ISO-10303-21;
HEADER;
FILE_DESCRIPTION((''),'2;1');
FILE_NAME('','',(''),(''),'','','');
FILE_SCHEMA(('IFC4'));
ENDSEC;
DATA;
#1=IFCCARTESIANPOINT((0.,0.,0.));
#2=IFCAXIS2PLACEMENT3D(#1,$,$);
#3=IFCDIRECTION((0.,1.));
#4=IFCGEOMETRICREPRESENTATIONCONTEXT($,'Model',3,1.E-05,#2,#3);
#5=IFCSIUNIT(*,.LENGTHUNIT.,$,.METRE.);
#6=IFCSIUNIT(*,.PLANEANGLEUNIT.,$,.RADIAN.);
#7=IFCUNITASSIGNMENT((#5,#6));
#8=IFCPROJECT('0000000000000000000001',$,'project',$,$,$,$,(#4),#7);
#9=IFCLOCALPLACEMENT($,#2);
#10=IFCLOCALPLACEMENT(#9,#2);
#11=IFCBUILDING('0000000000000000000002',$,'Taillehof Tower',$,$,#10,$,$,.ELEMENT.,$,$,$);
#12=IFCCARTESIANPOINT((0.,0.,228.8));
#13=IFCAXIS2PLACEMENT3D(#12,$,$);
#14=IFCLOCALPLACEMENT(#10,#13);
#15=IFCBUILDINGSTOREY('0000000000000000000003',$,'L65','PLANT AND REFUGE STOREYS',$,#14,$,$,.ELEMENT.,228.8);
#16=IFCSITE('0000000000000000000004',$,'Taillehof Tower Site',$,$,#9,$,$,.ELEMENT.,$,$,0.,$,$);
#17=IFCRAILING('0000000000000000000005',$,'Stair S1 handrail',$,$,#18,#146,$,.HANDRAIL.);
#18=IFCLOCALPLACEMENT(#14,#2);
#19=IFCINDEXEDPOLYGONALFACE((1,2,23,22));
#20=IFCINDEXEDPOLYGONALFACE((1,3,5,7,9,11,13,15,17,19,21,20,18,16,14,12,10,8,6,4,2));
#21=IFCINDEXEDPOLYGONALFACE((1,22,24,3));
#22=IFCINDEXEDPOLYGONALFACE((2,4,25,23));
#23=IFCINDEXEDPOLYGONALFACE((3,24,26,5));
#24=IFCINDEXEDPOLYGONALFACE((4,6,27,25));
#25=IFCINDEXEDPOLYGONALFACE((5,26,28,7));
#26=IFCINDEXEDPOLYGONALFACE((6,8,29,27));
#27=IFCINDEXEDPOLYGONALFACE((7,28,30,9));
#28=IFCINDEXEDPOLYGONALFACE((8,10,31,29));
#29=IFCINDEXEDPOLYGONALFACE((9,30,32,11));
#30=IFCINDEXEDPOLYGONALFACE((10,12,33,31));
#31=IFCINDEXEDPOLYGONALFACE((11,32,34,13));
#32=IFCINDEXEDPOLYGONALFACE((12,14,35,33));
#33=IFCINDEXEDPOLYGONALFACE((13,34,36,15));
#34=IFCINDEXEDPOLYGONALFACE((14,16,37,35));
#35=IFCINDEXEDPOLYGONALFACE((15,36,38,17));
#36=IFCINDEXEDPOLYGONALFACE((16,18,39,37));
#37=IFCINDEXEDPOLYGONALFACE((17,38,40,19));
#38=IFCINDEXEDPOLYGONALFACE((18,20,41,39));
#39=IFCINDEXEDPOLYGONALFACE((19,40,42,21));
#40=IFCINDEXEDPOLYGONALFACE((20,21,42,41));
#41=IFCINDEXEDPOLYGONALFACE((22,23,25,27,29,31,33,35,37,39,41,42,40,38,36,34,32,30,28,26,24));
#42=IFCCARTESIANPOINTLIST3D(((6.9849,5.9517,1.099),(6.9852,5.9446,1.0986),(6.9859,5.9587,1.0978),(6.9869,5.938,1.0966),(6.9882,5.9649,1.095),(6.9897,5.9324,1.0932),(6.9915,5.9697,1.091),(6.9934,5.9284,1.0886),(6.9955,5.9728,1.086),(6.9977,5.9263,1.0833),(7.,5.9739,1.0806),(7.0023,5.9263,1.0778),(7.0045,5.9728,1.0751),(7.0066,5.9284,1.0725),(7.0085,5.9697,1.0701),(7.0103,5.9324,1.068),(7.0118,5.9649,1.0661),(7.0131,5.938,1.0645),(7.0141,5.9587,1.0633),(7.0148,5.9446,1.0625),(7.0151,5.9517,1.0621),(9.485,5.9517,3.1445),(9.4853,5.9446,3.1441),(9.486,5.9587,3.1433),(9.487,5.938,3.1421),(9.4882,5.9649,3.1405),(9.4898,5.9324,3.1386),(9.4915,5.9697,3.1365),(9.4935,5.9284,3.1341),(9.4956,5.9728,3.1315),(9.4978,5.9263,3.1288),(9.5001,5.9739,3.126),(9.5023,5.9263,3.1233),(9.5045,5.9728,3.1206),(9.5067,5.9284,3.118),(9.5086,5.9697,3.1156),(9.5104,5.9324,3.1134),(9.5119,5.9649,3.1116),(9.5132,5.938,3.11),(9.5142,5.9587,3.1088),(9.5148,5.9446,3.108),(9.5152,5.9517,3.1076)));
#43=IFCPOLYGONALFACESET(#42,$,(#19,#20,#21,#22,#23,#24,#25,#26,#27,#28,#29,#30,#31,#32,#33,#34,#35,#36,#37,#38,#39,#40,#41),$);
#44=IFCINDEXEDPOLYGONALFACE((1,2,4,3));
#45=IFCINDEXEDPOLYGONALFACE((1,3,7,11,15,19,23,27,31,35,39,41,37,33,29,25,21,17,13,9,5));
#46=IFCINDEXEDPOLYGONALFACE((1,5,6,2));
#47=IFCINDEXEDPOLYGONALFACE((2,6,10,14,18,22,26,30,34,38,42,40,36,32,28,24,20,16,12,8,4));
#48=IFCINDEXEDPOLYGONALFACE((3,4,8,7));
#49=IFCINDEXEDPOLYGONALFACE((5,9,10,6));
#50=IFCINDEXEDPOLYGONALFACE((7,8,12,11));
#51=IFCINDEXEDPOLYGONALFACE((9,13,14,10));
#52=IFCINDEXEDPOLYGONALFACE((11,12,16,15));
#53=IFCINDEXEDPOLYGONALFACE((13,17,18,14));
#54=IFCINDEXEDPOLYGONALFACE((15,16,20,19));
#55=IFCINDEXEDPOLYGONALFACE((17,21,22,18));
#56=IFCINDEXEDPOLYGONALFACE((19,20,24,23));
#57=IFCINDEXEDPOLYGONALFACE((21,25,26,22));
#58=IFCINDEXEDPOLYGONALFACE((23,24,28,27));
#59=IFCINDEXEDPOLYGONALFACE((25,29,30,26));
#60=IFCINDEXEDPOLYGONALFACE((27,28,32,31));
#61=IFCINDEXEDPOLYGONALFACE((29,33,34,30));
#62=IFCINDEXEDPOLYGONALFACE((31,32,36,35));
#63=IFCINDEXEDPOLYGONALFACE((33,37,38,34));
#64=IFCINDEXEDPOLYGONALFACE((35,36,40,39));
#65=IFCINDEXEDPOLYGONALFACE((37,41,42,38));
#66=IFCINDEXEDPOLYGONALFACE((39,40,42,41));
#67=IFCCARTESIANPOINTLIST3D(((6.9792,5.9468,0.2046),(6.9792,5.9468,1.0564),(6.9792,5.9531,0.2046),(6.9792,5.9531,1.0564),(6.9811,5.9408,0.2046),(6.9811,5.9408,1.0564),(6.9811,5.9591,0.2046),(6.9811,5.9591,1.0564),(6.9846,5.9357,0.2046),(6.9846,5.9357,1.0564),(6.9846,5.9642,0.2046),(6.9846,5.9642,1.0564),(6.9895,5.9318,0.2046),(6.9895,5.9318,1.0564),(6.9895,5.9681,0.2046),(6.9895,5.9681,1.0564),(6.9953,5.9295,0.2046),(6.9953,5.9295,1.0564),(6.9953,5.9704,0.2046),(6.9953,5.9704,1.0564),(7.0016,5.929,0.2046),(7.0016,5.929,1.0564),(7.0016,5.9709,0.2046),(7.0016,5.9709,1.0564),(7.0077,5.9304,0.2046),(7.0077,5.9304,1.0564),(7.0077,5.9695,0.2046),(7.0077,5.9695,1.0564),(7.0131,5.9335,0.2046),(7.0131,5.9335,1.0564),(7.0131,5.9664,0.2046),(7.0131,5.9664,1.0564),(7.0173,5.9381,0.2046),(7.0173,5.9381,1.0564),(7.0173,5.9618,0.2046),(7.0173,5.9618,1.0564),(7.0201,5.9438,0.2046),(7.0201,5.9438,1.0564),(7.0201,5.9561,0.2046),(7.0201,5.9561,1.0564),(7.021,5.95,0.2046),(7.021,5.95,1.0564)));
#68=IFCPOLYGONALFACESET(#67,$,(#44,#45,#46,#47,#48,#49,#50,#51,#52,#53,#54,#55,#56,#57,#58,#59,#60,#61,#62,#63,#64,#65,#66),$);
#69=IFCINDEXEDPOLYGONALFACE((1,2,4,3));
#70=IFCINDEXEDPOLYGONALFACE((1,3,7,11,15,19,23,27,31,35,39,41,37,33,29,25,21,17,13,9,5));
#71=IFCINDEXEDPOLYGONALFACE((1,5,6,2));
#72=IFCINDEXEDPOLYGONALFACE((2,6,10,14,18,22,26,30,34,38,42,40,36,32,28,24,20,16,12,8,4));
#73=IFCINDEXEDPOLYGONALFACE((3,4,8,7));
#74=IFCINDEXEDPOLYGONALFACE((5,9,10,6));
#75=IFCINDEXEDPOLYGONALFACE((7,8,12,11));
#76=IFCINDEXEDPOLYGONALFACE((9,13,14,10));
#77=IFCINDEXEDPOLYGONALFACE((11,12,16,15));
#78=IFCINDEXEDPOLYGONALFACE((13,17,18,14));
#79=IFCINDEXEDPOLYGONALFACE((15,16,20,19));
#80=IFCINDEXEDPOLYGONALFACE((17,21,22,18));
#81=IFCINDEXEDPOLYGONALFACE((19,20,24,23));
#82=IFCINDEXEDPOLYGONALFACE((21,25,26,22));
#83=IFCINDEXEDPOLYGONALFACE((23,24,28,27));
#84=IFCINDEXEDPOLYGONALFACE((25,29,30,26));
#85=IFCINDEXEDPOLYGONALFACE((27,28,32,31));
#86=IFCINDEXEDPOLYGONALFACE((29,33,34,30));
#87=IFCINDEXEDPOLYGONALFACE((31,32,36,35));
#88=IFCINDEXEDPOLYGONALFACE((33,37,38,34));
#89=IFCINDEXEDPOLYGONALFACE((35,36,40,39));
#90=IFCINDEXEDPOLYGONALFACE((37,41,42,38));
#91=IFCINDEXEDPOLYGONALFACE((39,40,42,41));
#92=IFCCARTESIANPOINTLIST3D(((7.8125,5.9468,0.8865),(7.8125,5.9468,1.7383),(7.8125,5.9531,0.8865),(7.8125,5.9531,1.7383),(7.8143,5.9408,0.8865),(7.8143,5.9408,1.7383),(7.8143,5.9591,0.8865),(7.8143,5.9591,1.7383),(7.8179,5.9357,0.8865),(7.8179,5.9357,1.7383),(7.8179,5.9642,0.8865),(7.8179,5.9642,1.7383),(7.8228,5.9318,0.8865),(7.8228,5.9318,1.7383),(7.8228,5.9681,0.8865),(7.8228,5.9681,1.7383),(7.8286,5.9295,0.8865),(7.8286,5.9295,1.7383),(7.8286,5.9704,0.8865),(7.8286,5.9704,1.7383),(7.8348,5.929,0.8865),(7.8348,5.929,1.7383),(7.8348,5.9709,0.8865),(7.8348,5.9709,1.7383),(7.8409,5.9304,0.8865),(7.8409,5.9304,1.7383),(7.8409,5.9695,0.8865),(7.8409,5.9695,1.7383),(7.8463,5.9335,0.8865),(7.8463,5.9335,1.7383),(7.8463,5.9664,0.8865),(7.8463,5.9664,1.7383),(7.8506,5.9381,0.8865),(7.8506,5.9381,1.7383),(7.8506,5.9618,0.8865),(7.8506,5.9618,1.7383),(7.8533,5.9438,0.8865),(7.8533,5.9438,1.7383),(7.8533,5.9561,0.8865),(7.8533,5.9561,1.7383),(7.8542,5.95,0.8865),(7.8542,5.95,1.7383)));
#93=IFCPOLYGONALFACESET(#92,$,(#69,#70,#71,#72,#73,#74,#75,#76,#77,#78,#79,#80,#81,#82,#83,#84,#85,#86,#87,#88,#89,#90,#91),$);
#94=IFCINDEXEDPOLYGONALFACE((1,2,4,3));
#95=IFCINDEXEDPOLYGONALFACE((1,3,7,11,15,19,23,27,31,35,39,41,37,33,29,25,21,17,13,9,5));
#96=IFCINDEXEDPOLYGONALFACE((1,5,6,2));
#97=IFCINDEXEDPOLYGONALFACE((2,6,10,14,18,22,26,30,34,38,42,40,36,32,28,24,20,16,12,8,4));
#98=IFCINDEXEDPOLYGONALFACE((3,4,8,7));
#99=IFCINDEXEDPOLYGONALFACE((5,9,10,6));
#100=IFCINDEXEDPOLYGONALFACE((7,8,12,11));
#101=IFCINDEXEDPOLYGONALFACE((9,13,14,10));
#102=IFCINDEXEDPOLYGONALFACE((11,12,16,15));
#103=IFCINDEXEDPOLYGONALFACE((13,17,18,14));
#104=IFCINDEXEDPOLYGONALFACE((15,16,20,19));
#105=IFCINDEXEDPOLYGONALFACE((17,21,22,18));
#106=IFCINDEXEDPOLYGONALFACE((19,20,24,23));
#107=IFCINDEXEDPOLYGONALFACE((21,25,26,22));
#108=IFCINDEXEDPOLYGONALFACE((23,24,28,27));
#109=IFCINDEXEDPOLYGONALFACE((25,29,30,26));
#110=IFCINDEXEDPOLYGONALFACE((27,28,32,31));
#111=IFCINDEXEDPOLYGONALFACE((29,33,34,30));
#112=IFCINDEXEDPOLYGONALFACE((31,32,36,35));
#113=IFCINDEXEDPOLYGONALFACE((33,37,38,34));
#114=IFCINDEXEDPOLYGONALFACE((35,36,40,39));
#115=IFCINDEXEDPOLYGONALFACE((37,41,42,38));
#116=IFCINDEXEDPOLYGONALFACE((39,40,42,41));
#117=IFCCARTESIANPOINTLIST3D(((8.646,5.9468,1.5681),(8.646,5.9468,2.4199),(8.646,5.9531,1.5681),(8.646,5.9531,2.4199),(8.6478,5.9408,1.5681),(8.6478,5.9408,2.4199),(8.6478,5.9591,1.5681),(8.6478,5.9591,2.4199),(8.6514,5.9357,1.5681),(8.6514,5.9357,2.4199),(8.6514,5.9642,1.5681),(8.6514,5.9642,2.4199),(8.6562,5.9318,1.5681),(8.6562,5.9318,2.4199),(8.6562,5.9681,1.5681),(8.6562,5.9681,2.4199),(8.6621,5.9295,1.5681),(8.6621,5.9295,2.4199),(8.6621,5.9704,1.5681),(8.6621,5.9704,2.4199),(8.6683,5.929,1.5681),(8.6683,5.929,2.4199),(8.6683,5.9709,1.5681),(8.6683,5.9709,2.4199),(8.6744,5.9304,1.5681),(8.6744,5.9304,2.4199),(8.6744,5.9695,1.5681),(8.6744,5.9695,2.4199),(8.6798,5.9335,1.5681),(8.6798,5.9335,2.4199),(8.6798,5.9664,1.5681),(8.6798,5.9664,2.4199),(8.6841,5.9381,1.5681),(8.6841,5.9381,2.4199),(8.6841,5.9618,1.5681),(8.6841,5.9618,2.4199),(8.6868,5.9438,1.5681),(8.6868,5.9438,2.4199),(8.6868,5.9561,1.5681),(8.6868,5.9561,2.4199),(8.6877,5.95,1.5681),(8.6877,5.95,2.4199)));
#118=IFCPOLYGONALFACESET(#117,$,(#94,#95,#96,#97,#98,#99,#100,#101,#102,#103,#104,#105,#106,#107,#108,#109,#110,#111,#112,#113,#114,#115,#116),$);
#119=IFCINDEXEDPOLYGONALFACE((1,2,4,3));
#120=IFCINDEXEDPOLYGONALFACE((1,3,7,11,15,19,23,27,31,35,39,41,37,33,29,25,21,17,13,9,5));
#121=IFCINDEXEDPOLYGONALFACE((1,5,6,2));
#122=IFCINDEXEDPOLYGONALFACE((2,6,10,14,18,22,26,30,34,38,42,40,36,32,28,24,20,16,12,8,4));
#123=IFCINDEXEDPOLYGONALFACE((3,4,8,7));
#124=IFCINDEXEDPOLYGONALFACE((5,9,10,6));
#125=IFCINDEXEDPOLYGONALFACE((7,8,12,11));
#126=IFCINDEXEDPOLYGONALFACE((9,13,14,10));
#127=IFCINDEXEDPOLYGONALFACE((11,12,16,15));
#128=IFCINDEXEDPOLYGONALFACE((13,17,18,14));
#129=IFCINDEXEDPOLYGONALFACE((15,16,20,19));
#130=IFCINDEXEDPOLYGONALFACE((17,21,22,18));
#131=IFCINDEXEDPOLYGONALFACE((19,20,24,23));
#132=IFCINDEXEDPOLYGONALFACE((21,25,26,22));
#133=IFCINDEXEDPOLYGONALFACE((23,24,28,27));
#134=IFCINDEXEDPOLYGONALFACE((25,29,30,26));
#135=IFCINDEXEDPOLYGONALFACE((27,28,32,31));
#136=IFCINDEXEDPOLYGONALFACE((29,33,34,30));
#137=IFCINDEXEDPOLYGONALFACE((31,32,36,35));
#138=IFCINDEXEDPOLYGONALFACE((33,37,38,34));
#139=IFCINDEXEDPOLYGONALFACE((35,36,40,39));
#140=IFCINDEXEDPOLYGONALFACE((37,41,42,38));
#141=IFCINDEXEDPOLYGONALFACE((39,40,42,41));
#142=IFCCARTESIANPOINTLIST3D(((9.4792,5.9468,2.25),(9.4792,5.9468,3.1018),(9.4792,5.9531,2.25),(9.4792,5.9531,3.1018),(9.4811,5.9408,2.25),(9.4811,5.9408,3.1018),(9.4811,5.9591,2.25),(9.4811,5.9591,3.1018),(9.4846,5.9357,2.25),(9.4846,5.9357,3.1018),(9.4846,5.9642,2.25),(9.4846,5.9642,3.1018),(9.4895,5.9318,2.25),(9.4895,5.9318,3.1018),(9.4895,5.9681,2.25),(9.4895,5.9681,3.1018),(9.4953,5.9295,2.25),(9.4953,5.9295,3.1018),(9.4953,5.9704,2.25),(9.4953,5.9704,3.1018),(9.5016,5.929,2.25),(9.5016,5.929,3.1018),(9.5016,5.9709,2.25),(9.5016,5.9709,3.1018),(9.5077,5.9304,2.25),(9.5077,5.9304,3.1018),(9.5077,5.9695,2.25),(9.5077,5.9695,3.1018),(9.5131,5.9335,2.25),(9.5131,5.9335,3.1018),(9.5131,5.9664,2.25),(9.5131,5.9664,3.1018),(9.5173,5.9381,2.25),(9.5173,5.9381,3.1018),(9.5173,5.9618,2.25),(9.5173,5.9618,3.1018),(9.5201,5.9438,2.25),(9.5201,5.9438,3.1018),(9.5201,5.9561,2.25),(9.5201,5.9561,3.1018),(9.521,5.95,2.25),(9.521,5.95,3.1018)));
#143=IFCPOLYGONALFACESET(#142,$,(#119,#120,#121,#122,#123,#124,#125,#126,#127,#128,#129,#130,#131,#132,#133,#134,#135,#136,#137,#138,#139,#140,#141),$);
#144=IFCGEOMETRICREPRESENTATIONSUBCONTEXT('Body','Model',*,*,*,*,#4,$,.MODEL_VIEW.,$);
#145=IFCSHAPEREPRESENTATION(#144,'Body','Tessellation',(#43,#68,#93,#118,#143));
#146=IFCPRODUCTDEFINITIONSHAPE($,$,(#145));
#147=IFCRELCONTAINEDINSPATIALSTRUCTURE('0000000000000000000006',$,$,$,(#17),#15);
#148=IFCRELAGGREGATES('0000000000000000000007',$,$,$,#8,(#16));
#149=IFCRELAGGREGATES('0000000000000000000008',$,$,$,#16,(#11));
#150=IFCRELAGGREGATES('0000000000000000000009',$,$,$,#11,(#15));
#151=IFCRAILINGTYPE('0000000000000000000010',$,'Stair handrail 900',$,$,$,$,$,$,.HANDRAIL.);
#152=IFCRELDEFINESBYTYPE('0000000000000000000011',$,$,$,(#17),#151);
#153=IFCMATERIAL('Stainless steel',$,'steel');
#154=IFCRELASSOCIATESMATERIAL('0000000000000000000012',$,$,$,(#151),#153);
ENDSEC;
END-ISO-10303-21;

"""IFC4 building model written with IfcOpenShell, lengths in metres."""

from ifc_helpers import new_model, si_unit, direction, frame, origin, origin_2d, place, context, subcontext, project, spatial, circle, extrude, material, type_object, element, save


model = new_model("IFC4")

# Units and contexts
model_context = context("Model", 3, precision=1e-05, world=origin(), true_north=direction((0.0, 1.0)))
body_context = subcontext(model_context, "Body", "Model", "MODEL_VIEW")
ifc_project = project(units=[si_unit("LENGTHUNIT", "METRE"), si_unit("PLANEANGLEUNIT", "RADIAN")], contexts=[model_context])

# Site, building, storey
site_placement = place(None, origin())
site = spatial("IfcSite", under=ifc_project, at=site_placement, Name="Taillehof Tower Site", CompositionType="ELEMENT", RefElevation=0.0)
building_placement = place(site_placement, origin())
building = spatial("IfcBuilding", under=site, at=building_placement, Name="Taillehof Tower", CompositionType="ELEMENT")
storey_placement = place(building_placement, frame((0.0, 0.0, 228.8)))
storey = spatial("IfcBuildingStorey", under=building, at=storey_placement, Name="L65", Description="PLANT AND REFUGE STOREYS", CompositionType="ELEMENT", Elevation=228.8)

# Railing
ifc_material_1 = material(Name="Stainless steel", Category="steel")
railing_type = type_object("IfcRailingType", Name="Stair handrail 900", PredefinedType="HANDRAIL", material=ifc_material_1)
railing_1_placement = place(storey_placement, frame((7.0, 5.95, 0.2046)))
element("IfcRailing", 1, at=railing_1_placement, inside=storey, type_object=railing_type, Name="Stair S1 handrail", PredefinedType="HANDRAIL", context=body_context, shape_type="SweptSolid", body=[
    extrude(circle(Radius=0.0239, at=origin_2d()), frame((0.0, 0.0, 0.876), z_axis=(0.773964, 0.0, 0.63323), x_axis=(0.0, 1.0, 0.0)), (0.0, 0.0, 1.0), 3.2302),
    extrude(circle(Radius=0.021, at=origin_2d()), origin(), (0.0, 0.0, 1.0), 0.8518),
    extrude(circle(Radius=0.021, at=origin_2d()), frame((0.8333, 0.0, 0.6819)), (0.0, 0.0, 1.0), 0.8518),
    extrude(circle(Radius=0.021, at=origin_2d()), frame((1.6667, 0.0, 1.3635)), (0.0, 0.0, 1.0), 0.8518),
    extrude(circle(Radius=0.021, at=origin_2d()), frame((2.5, 0.0, 2.0454)), (0.0, 0.0, 1.0), 0.8518),
])

save(model, "model.ifc")
